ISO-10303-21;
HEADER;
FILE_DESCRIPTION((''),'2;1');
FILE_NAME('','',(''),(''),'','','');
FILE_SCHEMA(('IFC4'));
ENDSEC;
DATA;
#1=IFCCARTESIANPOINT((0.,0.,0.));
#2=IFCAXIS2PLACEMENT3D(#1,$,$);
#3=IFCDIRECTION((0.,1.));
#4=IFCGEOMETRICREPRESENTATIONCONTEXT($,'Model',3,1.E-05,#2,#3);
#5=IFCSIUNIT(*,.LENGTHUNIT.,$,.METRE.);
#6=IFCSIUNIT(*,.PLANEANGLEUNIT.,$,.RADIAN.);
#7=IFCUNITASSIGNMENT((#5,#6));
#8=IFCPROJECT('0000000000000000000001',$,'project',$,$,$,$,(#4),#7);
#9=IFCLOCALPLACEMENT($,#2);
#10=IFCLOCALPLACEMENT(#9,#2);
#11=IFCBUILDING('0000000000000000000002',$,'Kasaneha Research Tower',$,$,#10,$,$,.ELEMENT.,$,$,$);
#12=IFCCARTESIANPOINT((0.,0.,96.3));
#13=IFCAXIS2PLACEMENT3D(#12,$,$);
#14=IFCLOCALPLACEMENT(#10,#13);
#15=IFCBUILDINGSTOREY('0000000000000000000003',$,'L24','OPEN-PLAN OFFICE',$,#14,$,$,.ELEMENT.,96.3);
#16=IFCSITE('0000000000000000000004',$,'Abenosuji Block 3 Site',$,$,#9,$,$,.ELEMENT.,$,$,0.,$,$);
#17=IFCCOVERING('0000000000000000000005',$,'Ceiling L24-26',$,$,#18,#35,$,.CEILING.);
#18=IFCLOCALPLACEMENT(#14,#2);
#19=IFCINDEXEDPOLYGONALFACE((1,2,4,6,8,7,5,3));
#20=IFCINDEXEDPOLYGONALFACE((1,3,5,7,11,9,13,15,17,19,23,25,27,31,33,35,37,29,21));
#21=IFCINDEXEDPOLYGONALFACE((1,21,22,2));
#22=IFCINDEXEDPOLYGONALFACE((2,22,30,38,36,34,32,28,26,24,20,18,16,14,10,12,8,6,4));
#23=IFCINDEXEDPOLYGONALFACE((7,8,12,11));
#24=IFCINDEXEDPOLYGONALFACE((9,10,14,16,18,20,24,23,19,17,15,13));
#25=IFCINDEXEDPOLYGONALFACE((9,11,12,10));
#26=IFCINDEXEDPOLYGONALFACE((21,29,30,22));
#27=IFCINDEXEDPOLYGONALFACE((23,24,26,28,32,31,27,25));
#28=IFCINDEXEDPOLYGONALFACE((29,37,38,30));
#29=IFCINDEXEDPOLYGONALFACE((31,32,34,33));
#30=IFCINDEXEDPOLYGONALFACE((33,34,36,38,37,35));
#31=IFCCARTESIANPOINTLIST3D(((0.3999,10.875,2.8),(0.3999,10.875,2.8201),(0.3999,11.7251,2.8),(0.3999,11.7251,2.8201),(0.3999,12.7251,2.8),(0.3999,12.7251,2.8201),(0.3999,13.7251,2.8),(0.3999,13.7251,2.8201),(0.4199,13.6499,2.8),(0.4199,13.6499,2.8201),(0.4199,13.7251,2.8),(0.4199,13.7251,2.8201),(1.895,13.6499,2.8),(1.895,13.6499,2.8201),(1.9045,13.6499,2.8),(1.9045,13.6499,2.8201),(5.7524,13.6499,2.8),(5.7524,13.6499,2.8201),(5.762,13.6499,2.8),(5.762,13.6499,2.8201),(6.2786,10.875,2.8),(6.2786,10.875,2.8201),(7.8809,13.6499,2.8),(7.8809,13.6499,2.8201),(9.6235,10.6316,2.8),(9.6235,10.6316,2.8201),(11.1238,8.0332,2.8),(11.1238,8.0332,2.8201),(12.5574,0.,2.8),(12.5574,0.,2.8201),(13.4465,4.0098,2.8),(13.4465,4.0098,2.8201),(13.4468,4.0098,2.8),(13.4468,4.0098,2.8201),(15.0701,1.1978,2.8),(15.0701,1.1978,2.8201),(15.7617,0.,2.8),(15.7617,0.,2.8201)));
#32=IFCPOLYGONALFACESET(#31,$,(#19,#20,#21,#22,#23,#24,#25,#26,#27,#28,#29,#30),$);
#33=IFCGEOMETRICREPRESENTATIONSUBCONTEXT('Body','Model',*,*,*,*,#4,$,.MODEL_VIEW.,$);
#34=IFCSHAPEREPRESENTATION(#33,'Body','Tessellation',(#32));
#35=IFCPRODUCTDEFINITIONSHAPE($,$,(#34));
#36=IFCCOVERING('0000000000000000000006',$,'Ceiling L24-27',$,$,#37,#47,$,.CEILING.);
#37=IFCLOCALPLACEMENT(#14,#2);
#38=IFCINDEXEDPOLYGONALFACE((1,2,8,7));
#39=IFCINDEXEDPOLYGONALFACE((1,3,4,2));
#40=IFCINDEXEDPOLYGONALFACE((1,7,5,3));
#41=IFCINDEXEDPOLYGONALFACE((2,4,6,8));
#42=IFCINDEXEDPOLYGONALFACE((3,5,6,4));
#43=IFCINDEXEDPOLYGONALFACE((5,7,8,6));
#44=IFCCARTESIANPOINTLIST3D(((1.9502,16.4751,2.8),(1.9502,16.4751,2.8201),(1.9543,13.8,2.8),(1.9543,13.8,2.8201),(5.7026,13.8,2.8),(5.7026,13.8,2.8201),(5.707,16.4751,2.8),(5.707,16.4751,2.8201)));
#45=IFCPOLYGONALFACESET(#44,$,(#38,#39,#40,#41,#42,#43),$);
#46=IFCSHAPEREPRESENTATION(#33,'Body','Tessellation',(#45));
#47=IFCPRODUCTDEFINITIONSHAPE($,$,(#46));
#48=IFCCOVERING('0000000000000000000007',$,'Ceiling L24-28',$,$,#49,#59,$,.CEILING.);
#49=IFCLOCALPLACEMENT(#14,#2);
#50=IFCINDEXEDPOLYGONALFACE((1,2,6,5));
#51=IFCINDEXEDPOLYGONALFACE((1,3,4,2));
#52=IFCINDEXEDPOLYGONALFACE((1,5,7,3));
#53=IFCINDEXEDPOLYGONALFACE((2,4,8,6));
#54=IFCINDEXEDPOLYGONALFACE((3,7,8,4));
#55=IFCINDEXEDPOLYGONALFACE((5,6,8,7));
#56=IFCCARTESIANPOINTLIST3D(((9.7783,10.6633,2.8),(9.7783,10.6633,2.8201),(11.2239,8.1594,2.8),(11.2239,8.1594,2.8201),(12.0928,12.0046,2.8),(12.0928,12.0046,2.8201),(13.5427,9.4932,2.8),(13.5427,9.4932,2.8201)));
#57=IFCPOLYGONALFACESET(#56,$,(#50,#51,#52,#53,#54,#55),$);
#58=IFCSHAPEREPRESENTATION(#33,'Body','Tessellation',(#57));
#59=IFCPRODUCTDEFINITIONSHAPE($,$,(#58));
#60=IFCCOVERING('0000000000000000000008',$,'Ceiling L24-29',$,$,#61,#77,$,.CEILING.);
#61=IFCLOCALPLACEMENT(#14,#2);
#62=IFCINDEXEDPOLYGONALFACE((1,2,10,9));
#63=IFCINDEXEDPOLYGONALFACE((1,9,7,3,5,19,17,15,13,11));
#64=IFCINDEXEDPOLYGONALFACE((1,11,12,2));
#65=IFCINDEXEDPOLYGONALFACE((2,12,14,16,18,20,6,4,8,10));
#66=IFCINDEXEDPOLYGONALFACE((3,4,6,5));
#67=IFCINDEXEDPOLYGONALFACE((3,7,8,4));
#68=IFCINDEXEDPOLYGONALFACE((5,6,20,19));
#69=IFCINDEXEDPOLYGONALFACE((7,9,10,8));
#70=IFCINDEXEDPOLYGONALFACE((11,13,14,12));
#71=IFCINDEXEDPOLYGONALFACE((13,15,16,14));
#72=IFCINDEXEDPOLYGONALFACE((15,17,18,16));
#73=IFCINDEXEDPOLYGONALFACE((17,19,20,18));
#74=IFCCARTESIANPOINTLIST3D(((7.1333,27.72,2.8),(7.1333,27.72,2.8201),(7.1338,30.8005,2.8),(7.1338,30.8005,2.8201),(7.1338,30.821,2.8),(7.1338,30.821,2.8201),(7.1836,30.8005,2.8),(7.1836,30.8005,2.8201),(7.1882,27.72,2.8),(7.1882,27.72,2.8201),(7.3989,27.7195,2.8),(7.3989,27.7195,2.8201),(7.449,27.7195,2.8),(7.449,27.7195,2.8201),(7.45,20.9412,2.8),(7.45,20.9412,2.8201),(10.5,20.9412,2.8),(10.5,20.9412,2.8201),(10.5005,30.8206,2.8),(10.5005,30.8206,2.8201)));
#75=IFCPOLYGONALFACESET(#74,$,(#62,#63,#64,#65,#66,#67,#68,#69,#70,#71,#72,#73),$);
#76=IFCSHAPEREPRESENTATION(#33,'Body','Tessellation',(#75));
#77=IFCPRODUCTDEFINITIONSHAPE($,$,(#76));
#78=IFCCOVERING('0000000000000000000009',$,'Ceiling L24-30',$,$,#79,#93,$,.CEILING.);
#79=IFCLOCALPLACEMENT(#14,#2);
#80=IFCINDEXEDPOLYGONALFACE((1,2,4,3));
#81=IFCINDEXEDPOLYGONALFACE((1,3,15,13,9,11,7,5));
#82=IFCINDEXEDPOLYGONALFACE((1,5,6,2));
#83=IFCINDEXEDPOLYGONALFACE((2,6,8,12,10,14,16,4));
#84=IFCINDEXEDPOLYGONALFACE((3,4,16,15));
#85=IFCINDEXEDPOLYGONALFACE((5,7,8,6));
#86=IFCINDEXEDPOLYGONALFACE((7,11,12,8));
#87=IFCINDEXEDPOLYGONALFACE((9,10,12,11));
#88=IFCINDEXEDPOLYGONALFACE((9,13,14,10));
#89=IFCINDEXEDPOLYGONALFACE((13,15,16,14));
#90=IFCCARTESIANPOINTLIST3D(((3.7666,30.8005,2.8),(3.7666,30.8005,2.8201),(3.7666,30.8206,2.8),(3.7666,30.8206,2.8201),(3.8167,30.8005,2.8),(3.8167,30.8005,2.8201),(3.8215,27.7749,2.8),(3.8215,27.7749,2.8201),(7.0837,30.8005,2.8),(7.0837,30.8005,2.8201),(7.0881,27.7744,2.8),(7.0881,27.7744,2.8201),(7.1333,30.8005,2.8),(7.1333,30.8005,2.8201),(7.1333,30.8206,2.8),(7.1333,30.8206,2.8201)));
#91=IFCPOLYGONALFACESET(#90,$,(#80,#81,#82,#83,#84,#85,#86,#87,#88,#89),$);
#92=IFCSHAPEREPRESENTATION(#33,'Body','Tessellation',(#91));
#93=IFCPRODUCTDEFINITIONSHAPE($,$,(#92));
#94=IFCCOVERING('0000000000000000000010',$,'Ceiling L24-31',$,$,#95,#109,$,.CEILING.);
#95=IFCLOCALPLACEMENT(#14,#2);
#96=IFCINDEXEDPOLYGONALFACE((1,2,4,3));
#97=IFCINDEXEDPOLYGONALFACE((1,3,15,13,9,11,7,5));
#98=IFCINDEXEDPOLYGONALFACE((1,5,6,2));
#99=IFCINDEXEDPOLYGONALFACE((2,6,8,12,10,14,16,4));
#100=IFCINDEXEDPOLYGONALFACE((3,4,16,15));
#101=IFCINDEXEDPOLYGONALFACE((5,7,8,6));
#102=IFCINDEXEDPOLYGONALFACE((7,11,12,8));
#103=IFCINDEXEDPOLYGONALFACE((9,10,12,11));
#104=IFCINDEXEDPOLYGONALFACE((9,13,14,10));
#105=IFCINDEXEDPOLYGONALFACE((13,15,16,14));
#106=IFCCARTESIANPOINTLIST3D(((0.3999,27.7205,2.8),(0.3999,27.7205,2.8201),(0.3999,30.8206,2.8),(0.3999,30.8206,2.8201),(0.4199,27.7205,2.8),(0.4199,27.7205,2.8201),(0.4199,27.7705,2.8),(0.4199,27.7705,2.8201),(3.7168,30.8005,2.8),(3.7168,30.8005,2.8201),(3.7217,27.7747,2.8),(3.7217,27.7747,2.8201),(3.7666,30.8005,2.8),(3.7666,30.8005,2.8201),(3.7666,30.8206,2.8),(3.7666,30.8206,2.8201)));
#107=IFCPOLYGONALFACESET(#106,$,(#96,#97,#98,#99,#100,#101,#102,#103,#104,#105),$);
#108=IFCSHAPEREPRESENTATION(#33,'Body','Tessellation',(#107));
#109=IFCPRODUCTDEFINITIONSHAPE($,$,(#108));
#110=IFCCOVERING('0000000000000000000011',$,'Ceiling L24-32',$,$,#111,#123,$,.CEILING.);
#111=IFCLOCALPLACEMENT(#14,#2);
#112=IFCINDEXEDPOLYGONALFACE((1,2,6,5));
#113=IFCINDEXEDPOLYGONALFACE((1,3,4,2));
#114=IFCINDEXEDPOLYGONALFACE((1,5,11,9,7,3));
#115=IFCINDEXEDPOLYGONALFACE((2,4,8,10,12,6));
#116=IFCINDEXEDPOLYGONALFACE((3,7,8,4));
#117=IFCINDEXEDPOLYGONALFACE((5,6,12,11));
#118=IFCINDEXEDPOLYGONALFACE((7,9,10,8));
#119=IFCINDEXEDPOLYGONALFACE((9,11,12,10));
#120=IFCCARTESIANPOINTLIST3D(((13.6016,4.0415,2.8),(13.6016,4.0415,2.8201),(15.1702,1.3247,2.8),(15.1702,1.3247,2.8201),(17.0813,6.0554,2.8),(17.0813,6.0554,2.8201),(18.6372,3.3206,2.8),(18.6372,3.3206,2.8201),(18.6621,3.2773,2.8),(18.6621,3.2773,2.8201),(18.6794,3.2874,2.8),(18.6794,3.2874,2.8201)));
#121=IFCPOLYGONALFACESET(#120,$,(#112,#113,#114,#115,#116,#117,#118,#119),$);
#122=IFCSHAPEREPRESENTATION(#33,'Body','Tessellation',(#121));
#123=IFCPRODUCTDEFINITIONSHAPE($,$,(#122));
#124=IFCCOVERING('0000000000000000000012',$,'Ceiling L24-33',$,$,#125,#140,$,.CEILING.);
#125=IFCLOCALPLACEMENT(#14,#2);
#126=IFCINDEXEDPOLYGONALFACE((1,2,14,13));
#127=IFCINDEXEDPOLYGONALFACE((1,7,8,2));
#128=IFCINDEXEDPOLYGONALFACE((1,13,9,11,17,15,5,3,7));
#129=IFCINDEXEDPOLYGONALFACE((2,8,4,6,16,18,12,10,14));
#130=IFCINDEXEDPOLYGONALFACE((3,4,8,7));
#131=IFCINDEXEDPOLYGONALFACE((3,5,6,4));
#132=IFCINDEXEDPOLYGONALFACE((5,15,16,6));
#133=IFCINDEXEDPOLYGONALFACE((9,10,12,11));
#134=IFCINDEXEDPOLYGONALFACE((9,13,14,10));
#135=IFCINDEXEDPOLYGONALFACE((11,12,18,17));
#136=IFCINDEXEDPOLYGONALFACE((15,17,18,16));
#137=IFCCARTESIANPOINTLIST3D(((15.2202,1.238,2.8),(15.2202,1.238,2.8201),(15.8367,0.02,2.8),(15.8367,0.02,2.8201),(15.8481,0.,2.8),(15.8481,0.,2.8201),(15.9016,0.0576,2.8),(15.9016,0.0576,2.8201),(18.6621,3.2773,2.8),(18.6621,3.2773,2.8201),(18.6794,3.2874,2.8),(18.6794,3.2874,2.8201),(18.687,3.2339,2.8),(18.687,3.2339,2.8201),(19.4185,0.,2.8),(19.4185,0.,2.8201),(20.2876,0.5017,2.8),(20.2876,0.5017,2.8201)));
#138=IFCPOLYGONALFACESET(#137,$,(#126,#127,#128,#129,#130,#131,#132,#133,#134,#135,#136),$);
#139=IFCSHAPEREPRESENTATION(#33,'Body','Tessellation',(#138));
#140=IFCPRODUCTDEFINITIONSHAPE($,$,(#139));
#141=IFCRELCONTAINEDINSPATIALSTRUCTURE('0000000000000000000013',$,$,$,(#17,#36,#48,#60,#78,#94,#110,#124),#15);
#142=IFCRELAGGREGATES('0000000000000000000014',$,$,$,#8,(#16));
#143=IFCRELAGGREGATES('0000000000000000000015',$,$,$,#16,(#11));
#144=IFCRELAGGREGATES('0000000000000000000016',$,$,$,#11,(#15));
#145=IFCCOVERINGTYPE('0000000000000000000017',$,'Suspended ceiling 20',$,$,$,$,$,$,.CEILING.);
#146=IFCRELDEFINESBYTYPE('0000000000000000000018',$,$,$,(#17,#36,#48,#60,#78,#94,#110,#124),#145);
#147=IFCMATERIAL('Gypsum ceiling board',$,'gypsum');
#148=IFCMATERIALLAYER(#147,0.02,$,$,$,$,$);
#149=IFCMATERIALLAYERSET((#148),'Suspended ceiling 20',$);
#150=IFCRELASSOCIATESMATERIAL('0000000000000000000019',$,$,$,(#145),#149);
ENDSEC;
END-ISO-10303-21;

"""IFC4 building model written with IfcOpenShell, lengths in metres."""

from ifc_helpers import new_model, si_unit, direction, frame, origin, place, context, subcontext, project, spatial, polyline, outline, extrude, material, layer, layer_set, type_object, element, save


model = new_model("IFC4")

# Units and contexts
model_context = context("Model", 3, precision=1e-05, world=origin(), true_north=direction((0.0, 1.0)))
body_context = subcontext(model_context, "Body", "Model", "MODEL_VIEW")
ifc_project = project(units=[si_unit("LENGTHUNIT", "METRE"), si_unit("PLANEANGLEUNIT", "RADIAN")], contexts=[model_context])

# Site, building, storey
site_placement = place(None, origin())
site = spatial("IfcSite", under=ifc_project, at=site_placement, Name="Abenosuji Block 3 Site", CompositionType="ELEMENT", RefElevation=0.0)
building_placement = place(site_placement, origin())
building = spatial("IfcBuilding", under=site, at=building_placement, Name="Kasaneha Research Tower", CompositionType="ELEMENT")
storey_placement = place(building_placement, frame((0.0, 0.0, 96.3)))
storey = spatial("IfcBuildingStorey", under=building, at=storey_placement, Name="L24", Description="OPEN-PLAN OFFICE", CompositionType="ELEMENT", Elevation=96.3)

# Coverings
ifc_material_1 = material(Name="Gypsum ceiling board", Category="gypsum")
ifc_layer_1 = layer(ifc_material_1, 0.02)
ifc_layer_set_1 = layer_set([ifc_layer_1], Name="Suspended ceiling 20")
covering_type_1 = type_object("IfcCoveringType", Name="Suspended ceiling 20", PredefinedType="CEILING", material=ifc_layer_set_1)
covering_1_placement = place(storey_placement, frame((0.0, 0.0, 2.8)))
element("IfcCovering", 1, at=covering_1_placement, inside=storey, type_object=covering_type_1, Name="Ceiling L24-26", PredefinedType="CEILING", context=body_context, shape_type="SweptSolid", body=[
    extrude(outline(polyline([(6.2786, 10.875), (0.3999, 10.875), (0.3999, 11.7251), (0.3999, 12.7251), (0.3999, 13.7251), (0.4199, 13.7251), (0.4199, 13.6499), (1.895, 13.6499), (1.9045, 13.6499), (5.7524, 13.6499), (5.762, 13.6499), (7.8809, 13.6499), (9.6235, 10.6316), (9.6235, 10.6316), (11.1238, 8.0332), (11.1238, 8.0332), (13.4465, 4.0098), (13.4468, 4.0098), (15.0701, 1.1978), (15.0701, 1.1978), (15.7617, 0.0), (15.7617, 0.0), (12.5574, 0.0), (6.2786, 10.875)])), origin(), (0.0, 0.0, 1.0), 0.02),
])
covering_2_placement = place(storey_placement, frame((0.0, 0.0, 2.8)))
element("IfcCovering", 2, at=covering_2_placement, inside=storey, type_object=covering_type_1, Name="Ceiling L24-27", PredefinedType="CEILING", context=body_context, shape_type="SweptSolid", body=[
    extrude(outline(polyline([(1.9543, 13.8), (1.9502, 16.4751), (5.707, 16.4751), (5.7026, 13.8), (1.9543, 13.8)])), origin(), (0.0, 0.0, 1.0), 0.02),
])
covering_3_placement = place(storey_placement, frame((0.0, 0.0, 2.8)))
element("IfcCovering", 3, at=covering_3_placement, inside=storey, type_object=covering_type_1, Name="Ceiling L24-28", PredefinedType="CEILING", context=body_context, shape_type="SweptSolid", body=[
    extrude(outline(polyline([(9.7783, 10.6633), (12.0928, 12.0046), (13.5427, 9.4932), (11.2239, 8.1594), (9.7783, 10.6633)])), origin(), (0.0, 0.0, 1.0), 0.02),
])
covering_4_placement = place(storey_placement, frame((0.0, 0.0, 2.8)))
element("IfcCovering", 4, at=covering_4_placement, inside=storey, type_object=covering_type_1, Name="Ceiling L24-29", PredefinedType="CEILING", context=body_context, shape_type="SweptSolid", body=[
    extrude(outline(polyline([(7.3989, 27.7195), (7.1333, 27.72), (7.1333, 27.72), (7.1882, 27.72), (7.1836, 30.8005), (7.1338, 30.8005), (7.1338, 30.821), (10.5005, 30.8206), (10.5, 20.8911), (10.5, 20.9412), (7.45, 20.9412), (7.449, 27.7195), (7.3989, 27.7195), (7.3989, 27.7195)])), origin(), (0.0, 0.0, 1.0), 0.02),
])
covering_5_placement = place(storey_placement, frame((0.0, 0.0, 2.8)))
element("IfcCovering", 5, at=covering_5_placement, inside=storey, type_object=covering_type_1, Name="Ceiling L24-30", PredefinedType="CEILING", context=body_context, shape_type="SweptSolid", body=[
    extrude(outline(polyline([(7.1333, 30.8206), (7.1333, 30.8005), (7.0837, 30.8005), (7.0881, 27.7744), (3.8215, 27.7749), (3.8167, 30.8005), (3.7666, 30.8005), (3.7666, 30.8206), (7.1333, 30.8206)])), origin(), (0.0, 0.0, 1.0), 0.02),
])
covering_6_placement = place(storey_placement, frame((0.0, 0.0, 2.8)))
element("IfcCovering", 6, at=covering_6_placement, inside=storey, type_object=covering_type_1, Name="Ceiling L24-31", PredefinedType="CEILING", context=body_context, shape_type="SweptSolid", body=[
    extrude(outline(polyline([(3.7666, 30.8206), (3.7666, 30.8005), (3.7168, 30.8005), (3.7217, 27.7747), (0.4199, 27.7705), (0.4199, 27.7205), (0.3999, 27.7205), (0.3999, 30.8206), (3.7666, 30.8206)])), origin(), (0.0, 0.0, 1.0), 0.02),
])
covering_7_placement = place(storey_placement, frame((0.0, 0.0, 2.8)))
element("IfcCovering", 7, at=covering_7_placement, inside=storey, type_object=covering_type_1, Name="Ceiling L24-32", PredefinedType="CEILING", context=body_context, shape_type="SweptSolid", body=[
    extrude(outline(polyline([(18.6621, 3.2773), (18.6372, 3.3206), (15.1702, 1.3247), (13.6016, 4.0415), (17.0813, 6.0554), (18.6794, 3.2874), (18.6621, 3.2773)])), origin(), (0.0, 0.0, 1.0), 0.02),
])
covering_8_placement = place(storey_placement, frame((0.0, 0.0, 2.8)))
element("IfcCovering", 8, at=covering_8_placement, inside=storey, type_object=covering_type_1, Name="Ceiling L24-33", PredefinedType="CEILING", context=body_context, shape_type="SweptSolid", body=[
    extrude(outline(polyline([(20.2876, 0.5017), (19.4185, 0.0), (15.8481, 0.0), (15.8367, 0.02), (15.9016, 0.0576), (15.2202, 1.238), (18.687, 3.2339), (18.6621, 3.2773), (18.6794, 3.2874), (20.2876, 0.5017)])), origin(), (0.0, 0.0, 1.0), 0.02),
])

save(model, "model.ifc")
